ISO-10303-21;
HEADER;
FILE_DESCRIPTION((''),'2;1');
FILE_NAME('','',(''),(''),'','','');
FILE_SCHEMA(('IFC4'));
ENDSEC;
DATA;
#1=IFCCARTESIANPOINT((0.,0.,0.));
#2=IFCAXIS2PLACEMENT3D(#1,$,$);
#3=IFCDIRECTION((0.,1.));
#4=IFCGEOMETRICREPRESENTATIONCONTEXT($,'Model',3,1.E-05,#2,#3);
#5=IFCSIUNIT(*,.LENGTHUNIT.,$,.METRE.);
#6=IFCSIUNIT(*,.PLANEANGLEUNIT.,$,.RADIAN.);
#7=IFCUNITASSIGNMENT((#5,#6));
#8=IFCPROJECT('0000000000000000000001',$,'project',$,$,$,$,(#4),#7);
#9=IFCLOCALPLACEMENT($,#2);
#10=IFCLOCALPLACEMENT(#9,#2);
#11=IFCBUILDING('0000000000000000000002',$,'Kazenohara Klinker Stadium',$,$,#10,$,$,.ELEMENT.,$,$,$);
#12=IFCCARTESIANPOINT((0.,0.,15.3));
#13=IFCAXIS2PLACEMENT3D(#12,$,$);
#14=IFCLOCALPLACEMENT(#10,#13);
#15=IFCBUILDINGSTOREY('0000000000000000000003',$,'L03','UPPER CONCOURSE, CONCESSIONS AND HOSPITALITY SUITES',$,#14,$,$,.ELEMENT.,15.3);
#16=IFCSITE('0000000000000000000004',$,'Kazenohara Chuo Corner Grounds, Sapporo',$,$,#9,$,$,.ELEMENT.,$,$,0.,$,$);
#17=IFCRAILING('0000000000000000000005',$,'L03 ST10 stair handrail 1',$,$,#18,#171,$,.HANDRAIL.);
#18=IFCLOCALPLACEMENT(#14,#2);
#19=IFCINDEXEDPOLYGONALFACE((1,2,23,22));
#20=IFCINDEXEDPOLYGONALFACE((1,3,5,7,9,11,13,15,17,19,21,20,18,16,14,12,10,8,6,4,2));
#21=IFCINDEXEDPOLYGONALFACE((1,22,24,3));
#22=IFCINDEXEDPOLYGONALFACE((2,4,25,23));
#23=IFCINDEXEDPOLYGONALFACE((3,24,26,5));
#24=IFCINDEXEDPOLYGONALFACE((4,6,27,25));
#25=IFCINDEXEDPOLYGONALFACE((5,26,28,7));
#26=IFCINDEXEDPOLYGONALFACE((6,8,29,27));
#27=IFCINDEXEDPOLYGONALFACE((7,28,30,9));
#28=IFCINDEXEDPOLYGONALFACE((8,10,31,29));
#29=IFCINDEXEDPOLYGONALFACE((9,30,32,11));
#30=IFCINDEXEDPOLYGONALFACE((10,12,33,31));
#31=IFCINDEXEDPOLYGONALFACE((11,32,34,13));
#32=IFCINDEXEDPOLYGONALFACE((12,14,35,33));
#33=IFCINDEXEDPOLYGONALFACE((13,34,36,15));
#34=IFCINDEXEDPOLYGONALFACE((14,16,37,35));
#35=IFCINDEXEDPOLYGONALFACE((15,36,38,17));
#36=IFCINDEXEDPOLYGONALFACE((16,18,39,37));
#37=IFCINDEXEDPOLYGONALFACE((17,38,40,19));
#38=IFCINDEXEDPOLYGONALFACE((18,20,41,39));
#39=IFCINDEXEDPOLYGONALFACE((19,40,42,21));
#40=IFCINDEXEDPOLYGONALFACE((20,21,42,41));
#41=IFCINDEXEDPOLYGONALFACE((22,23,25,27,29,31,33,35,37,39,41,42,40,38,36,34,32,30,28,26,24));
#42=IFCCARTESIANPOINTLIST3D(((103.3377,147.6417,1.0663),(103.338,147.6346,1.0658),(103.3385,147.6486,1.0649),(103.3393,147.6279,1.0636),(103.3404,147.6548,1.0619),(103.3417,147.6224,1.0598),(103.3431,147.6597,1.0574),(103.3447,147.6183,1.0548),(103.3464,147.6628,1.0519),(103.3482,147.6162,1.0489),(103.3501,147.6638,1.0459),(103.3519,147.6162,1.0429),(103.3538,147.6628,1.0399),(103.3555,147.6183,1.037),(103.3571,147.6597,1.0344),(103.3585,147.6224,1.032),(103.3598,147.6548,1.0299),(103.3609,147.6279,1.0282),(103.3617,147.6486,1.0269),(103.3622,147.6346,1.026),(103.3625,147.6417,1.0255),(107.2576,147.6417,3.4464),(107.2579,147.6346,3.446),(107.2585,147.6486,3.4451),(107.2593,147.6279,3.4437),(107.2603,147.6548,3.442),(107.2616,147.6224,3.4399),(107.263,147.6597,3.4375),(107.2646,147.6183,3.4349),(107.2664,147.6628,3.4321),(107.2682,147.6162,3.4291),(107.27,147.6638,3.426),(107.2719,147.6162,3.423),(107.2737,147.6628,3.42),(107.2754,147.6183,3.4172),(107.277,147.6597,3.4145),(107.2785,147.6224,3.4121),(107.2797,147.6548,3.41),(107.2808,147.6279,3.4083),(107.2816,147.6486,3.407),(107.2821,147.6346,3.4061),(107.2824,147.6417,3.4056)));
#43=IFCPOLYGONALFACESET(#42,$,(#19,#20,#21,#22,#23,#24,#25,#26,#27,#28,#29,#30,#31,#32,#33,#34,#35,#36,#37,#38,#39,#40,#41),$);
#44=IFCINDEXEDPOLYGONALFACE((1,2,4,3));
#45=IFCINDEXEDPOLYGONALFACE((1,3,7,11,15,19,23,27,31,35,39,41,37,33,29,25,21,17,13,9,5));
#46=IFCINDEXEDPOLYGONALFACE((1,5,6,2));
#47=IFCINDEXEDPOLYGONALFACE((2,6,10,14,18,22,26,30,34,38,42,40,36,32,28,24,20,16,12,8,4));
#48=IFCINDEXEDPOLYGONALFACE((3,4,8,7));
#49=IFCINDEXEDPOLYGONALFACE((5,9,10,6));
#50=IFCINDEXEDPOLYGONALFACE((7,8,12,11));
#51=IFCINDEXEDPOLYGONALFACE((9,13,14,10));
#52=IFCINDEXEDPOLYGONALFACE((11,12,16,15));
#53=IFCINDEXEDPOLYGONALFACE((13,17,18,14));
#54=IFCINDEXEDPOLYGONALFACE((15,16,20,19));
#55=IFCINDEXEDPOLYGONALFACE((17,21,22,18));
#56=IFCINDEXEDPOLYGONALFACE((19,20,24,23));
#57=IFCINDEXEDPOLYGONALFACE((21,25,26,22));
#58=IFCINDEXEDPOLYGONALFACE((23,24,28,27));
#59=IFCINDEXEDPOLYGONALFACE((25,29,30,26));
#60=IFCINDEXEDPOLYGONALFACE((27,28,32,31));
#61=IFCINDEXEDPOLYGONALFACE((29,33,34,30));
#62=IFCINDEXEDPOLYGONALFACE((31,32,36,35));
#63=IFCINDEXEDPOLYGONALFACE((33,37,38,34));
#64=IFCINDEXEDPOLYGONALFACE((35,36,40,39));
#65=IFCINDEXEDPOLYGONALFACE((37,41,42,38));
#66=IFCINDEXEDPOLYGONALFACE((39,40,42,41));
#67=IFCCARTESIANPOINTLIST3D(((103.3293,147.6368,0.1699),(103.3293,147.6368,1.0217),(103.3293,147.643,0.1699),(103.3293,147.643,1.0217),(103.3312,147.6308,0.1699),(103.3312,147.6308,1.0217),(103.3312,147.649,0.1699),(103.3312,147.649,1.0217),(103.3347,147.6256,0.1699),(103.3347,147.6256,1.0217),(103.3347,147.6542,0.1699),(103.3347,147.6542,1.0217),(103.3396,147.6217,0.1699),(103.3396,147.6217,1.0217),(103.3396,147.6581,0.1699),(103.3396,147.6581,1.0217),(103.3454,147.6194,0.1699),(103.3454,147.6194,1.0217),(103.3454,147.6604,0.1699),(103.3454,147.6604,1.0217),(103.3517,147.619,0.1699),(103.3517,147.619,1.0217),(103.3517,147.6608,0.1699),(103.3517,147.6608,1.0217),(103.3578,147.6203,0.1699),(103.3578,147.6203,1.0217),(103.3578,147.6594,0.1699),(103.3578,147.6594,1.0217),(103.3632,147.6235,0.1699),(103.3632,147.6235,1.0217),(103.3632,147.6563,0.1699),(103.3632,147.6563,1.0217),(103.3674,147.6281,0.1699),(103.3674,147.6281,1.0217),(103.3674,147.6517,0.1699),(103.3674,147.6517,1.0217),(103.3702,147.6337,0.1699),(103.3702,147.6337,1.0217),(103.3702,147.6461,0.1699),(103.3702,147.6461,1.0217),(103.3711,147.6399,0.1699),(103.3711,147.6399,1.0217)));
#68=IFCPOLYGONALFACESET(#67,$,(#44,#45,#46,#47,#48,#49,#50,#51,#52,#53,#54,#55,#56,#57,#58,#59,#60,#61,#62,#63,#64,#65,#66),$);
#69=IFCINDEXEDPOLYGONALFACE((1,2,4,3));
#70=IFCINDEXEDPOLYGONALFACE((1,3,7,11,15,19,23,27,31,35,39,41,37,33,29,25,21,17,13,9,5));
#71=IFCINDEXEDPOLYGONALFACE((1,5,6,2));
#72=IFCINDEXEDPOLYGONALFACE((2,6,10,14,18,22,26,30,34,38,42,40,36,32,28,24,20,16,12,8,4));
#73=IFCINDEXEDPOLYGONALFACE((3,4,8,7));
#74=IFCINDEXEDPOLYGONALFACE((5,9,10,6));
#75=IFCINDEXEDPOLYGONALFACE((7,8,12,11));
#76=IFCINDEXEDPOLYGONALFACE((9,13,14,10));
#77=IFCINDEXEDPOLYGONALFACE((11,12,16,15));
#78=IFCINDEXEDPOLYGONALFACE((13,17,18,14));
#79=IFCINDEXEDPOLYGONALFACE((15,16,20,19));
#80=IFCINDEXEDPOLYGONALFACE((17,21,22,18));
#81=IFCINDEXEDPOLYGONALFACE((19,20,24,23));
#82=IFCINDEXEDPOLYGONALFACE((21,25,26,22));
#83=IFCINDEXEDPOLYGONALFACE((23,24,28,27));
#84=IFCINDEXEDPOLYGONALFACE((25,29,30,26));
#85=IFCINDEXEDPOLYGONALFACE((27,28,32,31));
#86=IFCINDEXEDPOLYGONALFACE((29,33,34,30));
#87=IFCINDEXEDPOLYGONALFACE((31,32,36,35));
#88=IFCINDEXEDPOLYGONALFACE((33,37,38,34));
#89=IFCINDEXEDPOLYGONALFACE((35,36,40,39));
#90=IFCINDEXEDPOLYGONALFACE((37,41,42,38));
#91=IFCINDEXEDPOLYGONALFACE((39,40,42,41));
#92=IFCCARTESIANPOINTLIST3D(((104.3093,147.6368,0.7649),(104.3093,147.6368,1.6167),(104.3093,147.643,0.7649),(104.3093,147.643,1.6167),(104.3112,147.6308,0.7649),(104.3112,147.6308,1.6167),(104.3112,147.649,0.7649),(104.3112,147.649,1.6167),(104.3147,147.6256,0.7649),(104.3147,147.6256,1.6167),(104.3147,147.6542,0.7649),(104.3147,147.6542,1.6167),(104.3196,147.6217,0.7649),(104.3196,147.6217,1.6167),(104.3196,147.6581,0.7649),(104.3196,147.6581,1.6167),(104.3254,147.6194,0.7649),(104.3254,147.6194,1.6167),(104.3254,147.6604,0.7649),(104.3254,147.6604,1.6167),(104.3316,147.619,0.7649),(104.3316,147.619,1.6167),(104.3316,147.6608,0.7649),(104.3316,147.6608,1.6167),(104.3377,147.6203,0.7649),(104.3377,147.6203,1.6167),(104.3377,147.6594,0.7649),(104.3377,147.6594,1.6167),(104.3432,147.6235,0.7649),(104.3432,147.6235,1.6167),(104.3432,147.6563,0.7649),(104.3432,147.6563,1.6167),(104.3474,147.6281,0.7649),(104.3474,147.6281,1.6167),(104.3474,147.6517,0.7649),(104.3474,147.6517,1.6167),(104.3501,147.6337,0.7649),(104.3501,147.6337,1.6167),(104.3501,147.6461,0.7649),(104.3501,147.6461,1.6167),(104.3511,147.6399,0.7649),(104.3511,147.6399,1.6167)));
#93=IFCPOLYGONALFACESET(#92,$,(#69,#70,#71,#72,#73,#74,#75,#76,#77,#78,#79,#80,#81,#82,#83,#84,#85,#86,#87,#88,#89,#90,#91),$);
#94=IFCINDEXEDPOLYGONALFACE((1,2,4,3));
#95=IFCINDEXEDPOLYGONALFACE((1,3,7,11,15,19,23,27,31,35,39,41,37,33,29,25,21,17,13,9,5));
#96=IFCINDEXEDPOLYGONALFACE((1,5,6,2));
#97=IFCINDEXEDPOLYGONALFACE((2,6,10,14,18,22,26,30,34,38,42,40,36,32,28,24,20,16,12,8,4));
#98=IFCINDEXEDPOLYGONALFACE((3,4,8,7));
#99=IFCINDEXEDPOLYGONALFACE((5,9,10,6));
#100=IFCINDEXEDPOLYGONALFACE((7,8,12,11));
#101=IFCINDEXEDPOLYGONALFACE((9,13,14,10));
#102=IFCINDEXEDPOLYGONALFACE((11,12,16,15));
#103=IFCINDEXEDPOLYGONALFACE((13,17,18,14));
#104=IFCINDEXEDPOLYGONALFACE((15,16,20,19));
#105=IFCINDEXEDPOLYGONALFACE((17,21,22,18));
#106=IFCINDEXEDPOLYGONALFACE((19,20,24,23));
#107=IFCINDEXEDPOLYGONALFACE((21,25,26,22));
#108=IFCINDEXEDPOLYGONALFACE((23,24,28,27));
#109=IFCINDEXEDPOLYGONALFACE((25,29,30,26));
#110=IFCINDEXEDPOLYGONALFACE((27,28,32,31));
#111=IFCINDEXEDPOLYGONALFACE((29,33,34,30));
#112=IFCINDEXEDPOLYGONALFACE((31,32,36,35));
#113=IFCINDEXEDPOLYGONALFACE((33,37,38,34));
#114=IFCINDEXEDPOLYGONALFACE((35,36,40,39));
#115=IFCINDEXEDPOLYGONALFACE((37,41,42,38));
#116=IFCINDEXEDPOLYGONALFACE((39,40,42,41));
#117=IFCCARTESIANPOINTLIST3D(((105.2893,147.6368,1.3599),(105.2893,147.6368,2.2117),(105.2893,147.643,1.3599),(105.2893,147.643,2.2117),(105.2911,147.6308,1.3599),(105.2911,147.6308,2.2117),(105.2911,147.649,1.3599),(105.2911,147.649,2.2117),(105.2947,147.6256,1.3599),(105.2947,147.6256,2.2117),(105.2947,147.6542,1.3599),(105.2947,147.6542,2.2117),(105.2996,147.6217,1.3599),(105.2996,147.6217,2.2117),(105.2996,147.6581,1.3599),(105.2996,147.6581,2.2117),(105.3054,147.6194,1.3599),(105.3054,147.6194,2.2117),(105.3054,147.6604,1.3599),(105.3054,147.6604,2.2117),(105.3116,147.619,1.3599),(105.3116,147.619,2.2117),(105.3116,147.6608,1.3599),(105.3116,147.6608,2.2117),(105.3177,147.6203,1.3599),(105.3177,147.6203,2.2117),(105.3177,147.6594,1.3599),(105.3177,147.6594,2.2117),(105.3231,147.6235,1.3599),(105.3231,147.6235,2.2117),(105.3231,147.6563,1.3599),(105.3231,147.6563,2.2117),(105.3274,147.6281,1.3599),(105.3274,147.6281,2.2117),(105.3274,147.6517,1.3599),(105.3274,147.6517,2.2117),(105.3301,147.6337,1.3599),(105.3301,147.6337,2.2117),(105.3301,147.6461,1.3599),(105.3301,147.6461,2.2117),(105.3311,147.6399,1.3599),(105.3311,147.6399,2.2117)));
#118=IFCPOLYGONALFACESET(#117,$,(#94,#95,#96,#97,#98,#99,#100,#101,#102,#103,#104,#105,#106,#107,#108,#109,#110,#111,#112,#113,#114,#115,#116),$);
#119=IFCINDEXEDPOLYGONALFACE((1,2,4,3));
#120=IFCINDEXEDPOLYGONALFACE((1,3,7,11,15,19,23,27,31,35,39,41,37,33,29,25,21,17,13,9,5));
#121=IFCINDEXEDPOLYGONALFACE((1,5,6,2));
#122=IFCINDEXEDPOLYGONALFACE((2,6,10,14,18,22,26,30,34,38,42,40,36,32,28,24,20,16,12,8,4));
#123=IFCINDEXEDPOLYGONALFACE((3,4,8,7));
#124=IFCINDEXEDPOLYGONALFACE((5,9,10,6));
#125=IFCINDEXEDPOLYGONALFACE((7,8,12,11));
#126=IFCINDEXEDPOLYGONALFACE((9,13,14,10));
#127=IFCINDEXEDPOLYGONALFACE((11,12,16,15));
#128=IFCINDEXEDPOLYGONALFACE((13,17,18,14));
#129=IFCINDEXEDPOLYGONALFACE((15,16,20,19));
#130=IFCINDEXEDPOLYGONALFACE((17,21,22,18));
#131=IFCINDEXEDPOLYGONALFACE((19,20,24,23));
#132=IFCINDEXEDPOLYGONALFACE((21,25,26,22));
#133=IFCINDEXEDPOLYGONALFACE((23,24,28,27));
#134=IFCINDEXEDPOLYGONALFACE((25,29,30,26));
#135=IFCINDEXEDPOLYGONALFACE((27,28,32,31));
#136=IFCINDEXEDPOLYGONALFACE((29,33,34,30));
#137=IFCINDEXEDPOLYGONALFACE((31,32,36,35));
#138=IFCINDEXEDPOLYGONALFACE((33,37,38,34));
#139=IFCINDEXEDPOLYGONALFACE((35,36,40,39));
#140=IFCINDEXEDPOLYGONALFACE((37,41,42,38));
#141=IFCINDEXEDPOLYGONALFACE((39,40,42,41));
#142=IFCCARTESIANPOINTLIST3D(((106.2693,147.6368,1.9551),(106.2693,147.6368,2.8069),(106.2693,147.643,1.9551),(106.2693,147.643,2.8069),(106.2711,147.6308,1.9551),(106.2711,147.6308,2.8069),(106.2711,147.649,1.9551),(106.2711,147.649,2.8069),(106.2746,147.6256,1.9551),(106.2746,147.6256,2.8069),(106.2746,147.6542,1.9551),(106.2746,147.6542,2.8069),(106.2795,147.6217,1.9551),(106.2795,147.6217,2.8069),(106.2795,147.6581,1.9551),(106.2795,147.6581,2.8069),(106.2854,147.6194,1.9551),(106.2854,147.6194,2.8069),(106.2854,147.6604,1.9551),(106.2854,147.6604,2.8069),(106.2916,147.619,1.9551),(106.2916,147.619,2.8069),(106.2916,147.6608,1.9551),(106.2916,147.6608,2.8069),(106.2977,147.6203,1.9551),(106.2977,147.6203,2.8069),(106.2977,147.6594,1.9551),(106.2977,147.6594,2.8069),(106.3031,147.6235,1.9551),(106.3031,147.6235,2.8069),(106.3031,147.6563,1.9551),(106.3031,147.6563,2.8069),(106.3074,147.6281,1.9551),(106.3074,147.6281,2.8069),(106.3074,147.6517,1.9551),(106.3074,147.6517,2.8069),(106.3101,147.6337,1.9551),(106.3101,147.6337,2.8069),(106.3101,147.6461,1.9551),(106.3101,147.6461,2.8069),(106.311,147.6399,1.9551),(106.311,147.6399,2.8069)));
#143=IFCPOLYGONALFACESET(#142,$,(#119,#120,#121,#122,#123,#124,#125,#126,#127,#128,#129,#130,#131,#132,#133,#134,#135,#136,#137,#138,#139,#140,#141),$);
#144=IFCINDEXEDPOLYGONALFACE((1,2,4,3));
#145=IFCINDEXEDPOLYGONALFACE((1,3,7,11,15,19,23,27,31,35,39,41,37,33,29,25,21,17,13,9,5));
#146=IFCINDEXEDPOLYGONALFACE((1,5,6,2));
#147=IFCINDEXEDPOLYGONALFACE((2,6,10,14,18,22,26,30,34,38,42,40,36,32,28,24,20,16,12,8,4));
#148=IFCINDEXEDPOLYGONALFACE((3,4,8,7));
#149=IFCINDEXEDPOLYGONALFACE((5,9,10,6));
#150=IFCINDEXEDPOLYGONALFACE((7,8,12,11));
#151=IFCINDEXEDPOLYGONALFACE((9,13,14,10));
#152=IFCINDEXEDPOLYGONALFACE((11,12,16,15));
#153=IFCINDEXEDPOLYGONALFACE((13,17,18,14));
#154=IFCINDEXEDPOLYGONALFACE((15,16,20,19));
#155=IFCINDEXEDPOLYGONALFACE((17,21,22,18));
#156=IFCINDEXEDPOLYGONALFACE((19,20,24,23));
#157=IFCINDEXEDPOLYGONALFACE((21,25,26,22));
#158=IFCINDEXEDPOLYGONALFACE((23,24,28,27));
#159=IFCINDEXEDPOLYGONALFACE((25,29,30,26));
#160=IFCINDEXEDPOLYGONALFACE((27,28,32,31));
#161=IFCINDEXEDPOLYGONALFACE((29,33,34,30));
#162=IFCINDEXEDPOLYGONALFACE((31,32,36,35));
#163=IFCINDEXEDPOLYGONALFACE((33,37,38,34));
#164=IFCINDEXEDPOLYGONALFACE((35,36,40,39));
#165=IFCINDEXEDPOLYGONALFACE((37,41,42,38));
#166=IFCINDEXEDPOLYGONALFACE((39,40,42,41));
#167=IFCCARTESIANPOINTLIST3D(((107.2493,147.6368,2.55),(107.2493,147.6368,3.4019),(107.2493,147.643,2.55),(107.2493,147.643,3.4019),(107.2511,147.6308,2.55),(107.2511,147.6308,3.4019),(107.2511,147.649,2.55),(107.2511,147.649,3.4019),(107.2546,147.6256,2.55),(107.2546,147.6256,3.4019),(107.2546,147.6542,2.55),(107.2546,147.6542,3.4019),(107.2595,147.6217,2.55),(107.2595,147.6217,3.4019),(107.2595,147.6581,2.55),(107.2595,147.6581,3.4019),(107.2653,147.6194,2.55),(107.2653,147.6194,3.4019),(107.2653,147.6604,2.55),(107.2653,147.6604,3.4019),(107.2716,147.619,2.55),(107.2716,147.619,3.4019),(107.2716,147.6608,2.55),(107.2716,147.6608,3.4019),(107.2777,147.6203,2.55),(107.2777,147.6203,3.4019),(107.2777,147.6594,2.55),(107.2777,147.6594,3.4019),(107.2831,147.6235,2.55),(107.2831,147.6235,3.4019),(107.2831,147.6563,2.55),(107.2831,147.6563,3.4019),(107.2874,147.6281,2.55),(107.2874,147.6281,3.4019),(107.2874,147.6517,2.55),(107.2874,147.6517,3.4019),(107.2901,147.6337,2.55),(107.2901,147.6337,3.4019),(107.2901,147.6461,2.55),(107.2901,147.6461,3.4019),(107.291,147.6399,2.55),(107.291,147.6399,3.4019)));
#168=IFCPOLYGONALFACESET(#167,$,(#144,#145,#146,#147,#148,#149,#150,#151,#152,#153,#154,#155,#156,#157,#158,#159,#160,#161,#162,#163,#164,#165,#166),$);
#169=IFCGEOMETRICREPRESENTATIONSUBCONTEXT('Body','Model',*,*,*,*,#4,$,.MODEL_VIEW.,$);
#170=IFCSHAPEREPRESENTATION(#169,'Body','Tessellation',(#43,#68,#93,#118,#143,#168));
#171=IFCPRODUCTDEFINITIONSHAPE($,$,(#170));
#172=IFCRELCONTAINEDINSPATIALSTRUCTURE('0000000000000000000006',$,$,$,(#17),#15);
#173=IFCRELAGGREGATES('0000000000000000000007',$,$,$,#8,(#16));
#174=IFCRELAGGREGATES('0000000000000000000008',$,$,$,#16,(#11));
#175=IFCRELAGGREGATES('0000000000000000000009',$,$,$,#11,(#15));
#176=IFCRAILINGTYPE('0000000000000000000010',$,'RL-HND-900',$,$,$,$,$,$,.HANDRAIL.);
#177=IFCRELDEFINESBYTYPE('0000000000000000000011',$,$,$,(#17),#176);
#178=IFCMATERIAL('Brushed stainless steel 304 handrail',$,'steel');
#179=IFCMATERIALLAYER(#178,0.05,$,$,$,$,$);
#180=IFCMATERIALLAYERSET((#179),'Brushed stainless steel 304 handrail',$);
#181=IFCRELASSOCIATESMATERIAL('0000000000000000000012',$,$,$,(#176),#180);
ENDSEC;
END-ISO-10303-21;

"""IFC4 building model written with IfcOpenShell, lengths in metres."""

from ifc_helpers import new_model, si_unit, direction, frame, origin, origin_2d, place, context, subcontext, project, spatial, circle, extrude, material, layer, layer_set, type_object, element, save


model = new_model("IFC4")

# Units and contexts
model_context = context("Model", 3, precision=1e-05, world=origin(), true_north=direction((0.0, 1.0)))
body_context = subcontext(model_context, "Body", "Model", "MODEL_VIEW")
ifc_project = project(units=[si_unit("LENGTHUNIT", "METRE"), si_unit("PLANEANGLEUNIT", "RADIAN")], contexts=[model_context])

# Site, building, storey
site_placement = place(None, origin())
site = spatial("IfcSite", under=ifc_project, at=site_placement, Name="Kazenohara Chuo Corner Grounds, Sapporo", CompositionType="ELEMENT", RefElevation=0.0)
building_placement = place(site_placement, origin())
building = spatial("IfcBuilding", under=site, at=building_placement, Name="Kazenohara Klinker Stadium", CompositionType="ELEMENT")
storey_placement = place(building_placement, frame((0.0, 0.0, 15.3)))
storey = spatial("IfcBuildingStorey", under=building, at=storey_placement, Name="L03", Description="UPPER CONCOURSE, CONCESSIONS AND HOSPITALITY SUITES", CompositionType="ELEMENT", Elevation=15.3)

# Railing
ifc_material_1 = material(Name="Brushed stainless steel 304 handrail", Category="steel")
ifc_layer_1 = layer(ifc_material_1, 0.05)
ifc_layer_set_1 = layer_set([ifc_layer_1], Name="Brushed stainless steel 304 handrail")
railing_type = type_object("IfcRailingType", Name="RL-HND-900", PredefinedType="HANDRAIL", material=ifc_layer_set_1)
railing_placement = place(storey_placement, frame((103.3501, 147.6399, 0.1699)))
element("IfcRailing", 1, at=railing_placement, inside=storey, type_object=railing_type, Name="L03 ST10 stair handrail 1", PredefinedType="HANDRAIL", context=body_context, shape_type="SweptSolid", body=[
    extrude(circle(Radius=0.0239, at=origin_2d()), frame((0.0, 0.0, 0.876), z_axis=(0.854771, 0.0, 0.519006), x_axis=(0.0, 1.0, 0.0)), (0.0, 0.0, 1.0), 4.5859),
    extrude(circle(Radius=0.021, at=origin_2d()), origin(), (0.0, 0.0, 1.0), 0.8518),
    extrude(circle(Radius=0.021, at=origin_2d()), frame((0.98, 0.0, 0.595)), (0.0, 0.0, 1.0), 0.8518),
    extrude(circle(Radius=0.021, at=origin_2d()), frame((1.96, 0.0, 1.1899)), (0.0, 0.0, 1.0), 0.8518),
    extrude(circle(Radius=0.021, at=origin_2d()), frame((2.9399, 0.0, 1.7852)), (0.0, 0.0, 1.0), 0.8518),
    extrude(circle(Radius=0.021, at=origin_2d()), frame((3.9199, 0.0, 2.3801)), (0.0, 0.0, 1.0), 0.8518),
])

save(model, "model.ifc")
